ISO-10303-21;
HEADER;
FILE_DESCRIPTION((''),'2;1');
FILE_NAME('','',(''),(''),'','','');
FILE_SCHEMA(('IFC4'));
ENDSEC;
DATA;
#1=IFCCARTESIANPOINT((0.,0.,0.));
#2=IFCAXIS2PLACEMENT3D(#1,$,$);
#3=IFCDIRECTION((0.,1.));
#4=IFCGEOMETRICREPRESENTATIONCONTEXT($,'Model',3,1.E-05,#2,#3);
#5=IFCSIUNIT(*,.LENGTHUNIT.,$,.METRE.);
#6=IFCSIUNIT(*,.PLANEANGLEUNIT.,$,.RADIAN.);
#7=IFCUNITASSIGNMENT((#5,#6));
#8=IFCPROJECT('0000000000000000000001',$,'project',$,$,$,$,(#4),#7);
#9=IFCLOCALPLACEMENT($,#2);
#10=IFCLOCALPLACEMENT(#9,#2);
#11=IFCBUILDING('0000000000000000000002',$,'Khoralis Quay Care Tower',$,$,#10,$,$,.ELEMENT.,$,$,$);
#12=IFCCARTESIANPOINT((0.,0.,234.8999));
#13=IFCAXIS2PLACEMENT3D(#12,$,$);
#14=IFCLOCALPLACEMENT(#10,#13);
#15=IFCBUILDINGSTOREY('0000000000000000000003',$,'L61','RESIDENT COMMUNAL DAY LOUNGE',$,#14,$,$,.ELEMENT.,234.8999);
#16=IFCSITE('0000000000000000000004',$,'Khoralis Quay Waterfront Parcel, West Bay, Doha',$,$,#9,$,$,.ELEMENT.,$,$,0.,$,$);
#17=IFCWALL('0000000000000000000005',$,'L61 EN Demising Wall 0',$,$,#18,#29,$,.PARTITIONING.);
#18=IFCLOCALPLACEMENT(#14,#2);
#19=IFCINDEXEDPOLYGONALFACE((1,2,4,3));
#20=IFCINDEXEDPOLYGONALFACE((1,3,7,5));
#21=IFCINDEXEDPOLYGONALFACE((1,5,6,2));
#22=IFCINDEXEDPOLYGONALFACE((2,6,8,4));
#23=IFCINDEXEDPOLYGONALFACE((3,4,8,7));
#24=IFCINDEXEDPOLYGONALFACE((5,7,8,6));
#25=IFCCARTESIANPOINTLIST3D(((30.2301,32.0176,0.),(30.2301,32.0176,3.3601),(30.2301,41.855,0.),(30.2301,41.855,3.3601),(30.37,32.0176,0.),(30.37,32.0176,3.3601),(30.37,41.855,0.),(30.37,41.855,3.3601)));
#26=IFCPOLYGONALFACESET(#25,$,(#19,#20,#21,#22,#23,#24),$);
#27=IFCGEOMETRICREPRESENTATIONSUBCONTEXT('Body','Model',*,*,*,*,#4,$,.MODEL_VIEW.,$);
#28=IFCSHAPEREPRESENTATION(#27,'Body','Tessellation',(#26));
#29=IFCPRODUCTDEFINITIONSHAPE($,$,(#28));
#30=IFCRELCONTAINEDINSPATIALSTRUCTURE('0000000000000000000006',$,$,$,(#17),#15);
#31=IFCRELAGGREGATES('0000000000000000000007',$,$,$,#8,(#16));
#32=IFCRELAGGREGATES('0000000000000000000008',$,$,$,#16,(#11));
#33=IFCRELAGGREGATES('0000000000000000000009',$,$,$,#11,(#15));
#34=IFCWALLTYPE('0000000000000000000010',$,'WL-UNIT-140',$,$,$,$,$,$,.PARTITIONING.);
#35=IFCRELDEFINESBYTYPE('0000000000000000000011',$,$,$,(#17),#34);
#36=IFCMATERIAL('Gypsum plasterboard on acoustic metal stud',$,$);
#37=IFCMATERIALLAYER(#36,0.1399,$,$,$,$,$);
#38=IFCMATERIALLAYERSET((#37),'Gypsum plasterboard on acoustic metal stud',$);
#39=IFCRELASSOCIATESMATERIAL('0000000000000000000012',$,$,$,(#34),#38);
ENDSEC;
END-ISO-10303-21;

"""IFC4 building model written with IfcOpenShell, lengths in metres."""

from ifc_helpers import new_model, si_unit, direction, frame, frame_2d, origin, place, context, subcontext, project, spatial, rectangle, extrude, material, layer, layer_set, type_object, element, save


model = new_model("IFC4")

# Units and contexts
model_context = context("Model", 3, precision=1e-05, world=origin(), true_north=direction((0.0, 1.0)))
body_context = subcontext(model_context, "Body", "Model", "MODEL_VIEW")
ifc_project = project(units=[si_unit("LENGTHUNIT", "METRE"), si_unit("PLANEANGLEUNIT", "RADIAN")], contexts=[model_context])

# Site, building, storey
site_placement = place(None, origin())
site = spatial("IfcSite", under=ifc_project, at=site_placement, Name="Khoralis Quay Waterfront Parcel, West Bay, Doha", CompositionType="ELEMENT", RefElevation=0.0)
building_placement = place(site_placement, origin())
building = spatial("IfcBuilding", under=site, at=building_placement, Name="Khoralis Quay Care Tower", CompositionType="ELEMENT")
storey_placement = place(building_placement, frame((0.0, 0.0, 234.8999)))
storey = spatial("IfcBuildingStorey", under=building, at=storey_placement, Name="L61", Description="RESIDENT COMMUNAL DAY LOUNGE", CompositionType="ELEMENT", Elevation=234.8999)

# Shared definitions
ifc_material_1 = material(Name="Gypsum plasterboard on acoustic metal stud")

# Wall
ifc_layer_1 = layer(ifc_material_1, 0.1399)
ifc_layer_set_1 = layer_set([ifc_layer_1], Name="Gypsum plasterboard on acoustic metal stud")
wall_type_1 = type_object("IfcWallType", Name="WL-UNIT-140", PredefinedType="PARTITIONING", material=ifc_layer_set_1)
wall_1_placement = place(storey_placement, frame((30.3, 32.0176, 0.0), z_axis=(0.0, 0.0, 1.0), x_axis=(0.0, 1.0, 0.0)))
element("IfcWall", 1, at=wall_1_placement, inside=storey, type_object=wall_type_1, Name="L61 EN Demising Wall 0", PredefinedType="PARTITIONING", context=body_context, shape_type="SweptSolid", body=[
    extrude(rectangle(XDim=9.8374, YDim=0.1399, at=frame_2d((4.9187, 0.0))), origin(), (0.0, 0.0, 1.0), 3.3601),
])

save(model, "model.ifc")
